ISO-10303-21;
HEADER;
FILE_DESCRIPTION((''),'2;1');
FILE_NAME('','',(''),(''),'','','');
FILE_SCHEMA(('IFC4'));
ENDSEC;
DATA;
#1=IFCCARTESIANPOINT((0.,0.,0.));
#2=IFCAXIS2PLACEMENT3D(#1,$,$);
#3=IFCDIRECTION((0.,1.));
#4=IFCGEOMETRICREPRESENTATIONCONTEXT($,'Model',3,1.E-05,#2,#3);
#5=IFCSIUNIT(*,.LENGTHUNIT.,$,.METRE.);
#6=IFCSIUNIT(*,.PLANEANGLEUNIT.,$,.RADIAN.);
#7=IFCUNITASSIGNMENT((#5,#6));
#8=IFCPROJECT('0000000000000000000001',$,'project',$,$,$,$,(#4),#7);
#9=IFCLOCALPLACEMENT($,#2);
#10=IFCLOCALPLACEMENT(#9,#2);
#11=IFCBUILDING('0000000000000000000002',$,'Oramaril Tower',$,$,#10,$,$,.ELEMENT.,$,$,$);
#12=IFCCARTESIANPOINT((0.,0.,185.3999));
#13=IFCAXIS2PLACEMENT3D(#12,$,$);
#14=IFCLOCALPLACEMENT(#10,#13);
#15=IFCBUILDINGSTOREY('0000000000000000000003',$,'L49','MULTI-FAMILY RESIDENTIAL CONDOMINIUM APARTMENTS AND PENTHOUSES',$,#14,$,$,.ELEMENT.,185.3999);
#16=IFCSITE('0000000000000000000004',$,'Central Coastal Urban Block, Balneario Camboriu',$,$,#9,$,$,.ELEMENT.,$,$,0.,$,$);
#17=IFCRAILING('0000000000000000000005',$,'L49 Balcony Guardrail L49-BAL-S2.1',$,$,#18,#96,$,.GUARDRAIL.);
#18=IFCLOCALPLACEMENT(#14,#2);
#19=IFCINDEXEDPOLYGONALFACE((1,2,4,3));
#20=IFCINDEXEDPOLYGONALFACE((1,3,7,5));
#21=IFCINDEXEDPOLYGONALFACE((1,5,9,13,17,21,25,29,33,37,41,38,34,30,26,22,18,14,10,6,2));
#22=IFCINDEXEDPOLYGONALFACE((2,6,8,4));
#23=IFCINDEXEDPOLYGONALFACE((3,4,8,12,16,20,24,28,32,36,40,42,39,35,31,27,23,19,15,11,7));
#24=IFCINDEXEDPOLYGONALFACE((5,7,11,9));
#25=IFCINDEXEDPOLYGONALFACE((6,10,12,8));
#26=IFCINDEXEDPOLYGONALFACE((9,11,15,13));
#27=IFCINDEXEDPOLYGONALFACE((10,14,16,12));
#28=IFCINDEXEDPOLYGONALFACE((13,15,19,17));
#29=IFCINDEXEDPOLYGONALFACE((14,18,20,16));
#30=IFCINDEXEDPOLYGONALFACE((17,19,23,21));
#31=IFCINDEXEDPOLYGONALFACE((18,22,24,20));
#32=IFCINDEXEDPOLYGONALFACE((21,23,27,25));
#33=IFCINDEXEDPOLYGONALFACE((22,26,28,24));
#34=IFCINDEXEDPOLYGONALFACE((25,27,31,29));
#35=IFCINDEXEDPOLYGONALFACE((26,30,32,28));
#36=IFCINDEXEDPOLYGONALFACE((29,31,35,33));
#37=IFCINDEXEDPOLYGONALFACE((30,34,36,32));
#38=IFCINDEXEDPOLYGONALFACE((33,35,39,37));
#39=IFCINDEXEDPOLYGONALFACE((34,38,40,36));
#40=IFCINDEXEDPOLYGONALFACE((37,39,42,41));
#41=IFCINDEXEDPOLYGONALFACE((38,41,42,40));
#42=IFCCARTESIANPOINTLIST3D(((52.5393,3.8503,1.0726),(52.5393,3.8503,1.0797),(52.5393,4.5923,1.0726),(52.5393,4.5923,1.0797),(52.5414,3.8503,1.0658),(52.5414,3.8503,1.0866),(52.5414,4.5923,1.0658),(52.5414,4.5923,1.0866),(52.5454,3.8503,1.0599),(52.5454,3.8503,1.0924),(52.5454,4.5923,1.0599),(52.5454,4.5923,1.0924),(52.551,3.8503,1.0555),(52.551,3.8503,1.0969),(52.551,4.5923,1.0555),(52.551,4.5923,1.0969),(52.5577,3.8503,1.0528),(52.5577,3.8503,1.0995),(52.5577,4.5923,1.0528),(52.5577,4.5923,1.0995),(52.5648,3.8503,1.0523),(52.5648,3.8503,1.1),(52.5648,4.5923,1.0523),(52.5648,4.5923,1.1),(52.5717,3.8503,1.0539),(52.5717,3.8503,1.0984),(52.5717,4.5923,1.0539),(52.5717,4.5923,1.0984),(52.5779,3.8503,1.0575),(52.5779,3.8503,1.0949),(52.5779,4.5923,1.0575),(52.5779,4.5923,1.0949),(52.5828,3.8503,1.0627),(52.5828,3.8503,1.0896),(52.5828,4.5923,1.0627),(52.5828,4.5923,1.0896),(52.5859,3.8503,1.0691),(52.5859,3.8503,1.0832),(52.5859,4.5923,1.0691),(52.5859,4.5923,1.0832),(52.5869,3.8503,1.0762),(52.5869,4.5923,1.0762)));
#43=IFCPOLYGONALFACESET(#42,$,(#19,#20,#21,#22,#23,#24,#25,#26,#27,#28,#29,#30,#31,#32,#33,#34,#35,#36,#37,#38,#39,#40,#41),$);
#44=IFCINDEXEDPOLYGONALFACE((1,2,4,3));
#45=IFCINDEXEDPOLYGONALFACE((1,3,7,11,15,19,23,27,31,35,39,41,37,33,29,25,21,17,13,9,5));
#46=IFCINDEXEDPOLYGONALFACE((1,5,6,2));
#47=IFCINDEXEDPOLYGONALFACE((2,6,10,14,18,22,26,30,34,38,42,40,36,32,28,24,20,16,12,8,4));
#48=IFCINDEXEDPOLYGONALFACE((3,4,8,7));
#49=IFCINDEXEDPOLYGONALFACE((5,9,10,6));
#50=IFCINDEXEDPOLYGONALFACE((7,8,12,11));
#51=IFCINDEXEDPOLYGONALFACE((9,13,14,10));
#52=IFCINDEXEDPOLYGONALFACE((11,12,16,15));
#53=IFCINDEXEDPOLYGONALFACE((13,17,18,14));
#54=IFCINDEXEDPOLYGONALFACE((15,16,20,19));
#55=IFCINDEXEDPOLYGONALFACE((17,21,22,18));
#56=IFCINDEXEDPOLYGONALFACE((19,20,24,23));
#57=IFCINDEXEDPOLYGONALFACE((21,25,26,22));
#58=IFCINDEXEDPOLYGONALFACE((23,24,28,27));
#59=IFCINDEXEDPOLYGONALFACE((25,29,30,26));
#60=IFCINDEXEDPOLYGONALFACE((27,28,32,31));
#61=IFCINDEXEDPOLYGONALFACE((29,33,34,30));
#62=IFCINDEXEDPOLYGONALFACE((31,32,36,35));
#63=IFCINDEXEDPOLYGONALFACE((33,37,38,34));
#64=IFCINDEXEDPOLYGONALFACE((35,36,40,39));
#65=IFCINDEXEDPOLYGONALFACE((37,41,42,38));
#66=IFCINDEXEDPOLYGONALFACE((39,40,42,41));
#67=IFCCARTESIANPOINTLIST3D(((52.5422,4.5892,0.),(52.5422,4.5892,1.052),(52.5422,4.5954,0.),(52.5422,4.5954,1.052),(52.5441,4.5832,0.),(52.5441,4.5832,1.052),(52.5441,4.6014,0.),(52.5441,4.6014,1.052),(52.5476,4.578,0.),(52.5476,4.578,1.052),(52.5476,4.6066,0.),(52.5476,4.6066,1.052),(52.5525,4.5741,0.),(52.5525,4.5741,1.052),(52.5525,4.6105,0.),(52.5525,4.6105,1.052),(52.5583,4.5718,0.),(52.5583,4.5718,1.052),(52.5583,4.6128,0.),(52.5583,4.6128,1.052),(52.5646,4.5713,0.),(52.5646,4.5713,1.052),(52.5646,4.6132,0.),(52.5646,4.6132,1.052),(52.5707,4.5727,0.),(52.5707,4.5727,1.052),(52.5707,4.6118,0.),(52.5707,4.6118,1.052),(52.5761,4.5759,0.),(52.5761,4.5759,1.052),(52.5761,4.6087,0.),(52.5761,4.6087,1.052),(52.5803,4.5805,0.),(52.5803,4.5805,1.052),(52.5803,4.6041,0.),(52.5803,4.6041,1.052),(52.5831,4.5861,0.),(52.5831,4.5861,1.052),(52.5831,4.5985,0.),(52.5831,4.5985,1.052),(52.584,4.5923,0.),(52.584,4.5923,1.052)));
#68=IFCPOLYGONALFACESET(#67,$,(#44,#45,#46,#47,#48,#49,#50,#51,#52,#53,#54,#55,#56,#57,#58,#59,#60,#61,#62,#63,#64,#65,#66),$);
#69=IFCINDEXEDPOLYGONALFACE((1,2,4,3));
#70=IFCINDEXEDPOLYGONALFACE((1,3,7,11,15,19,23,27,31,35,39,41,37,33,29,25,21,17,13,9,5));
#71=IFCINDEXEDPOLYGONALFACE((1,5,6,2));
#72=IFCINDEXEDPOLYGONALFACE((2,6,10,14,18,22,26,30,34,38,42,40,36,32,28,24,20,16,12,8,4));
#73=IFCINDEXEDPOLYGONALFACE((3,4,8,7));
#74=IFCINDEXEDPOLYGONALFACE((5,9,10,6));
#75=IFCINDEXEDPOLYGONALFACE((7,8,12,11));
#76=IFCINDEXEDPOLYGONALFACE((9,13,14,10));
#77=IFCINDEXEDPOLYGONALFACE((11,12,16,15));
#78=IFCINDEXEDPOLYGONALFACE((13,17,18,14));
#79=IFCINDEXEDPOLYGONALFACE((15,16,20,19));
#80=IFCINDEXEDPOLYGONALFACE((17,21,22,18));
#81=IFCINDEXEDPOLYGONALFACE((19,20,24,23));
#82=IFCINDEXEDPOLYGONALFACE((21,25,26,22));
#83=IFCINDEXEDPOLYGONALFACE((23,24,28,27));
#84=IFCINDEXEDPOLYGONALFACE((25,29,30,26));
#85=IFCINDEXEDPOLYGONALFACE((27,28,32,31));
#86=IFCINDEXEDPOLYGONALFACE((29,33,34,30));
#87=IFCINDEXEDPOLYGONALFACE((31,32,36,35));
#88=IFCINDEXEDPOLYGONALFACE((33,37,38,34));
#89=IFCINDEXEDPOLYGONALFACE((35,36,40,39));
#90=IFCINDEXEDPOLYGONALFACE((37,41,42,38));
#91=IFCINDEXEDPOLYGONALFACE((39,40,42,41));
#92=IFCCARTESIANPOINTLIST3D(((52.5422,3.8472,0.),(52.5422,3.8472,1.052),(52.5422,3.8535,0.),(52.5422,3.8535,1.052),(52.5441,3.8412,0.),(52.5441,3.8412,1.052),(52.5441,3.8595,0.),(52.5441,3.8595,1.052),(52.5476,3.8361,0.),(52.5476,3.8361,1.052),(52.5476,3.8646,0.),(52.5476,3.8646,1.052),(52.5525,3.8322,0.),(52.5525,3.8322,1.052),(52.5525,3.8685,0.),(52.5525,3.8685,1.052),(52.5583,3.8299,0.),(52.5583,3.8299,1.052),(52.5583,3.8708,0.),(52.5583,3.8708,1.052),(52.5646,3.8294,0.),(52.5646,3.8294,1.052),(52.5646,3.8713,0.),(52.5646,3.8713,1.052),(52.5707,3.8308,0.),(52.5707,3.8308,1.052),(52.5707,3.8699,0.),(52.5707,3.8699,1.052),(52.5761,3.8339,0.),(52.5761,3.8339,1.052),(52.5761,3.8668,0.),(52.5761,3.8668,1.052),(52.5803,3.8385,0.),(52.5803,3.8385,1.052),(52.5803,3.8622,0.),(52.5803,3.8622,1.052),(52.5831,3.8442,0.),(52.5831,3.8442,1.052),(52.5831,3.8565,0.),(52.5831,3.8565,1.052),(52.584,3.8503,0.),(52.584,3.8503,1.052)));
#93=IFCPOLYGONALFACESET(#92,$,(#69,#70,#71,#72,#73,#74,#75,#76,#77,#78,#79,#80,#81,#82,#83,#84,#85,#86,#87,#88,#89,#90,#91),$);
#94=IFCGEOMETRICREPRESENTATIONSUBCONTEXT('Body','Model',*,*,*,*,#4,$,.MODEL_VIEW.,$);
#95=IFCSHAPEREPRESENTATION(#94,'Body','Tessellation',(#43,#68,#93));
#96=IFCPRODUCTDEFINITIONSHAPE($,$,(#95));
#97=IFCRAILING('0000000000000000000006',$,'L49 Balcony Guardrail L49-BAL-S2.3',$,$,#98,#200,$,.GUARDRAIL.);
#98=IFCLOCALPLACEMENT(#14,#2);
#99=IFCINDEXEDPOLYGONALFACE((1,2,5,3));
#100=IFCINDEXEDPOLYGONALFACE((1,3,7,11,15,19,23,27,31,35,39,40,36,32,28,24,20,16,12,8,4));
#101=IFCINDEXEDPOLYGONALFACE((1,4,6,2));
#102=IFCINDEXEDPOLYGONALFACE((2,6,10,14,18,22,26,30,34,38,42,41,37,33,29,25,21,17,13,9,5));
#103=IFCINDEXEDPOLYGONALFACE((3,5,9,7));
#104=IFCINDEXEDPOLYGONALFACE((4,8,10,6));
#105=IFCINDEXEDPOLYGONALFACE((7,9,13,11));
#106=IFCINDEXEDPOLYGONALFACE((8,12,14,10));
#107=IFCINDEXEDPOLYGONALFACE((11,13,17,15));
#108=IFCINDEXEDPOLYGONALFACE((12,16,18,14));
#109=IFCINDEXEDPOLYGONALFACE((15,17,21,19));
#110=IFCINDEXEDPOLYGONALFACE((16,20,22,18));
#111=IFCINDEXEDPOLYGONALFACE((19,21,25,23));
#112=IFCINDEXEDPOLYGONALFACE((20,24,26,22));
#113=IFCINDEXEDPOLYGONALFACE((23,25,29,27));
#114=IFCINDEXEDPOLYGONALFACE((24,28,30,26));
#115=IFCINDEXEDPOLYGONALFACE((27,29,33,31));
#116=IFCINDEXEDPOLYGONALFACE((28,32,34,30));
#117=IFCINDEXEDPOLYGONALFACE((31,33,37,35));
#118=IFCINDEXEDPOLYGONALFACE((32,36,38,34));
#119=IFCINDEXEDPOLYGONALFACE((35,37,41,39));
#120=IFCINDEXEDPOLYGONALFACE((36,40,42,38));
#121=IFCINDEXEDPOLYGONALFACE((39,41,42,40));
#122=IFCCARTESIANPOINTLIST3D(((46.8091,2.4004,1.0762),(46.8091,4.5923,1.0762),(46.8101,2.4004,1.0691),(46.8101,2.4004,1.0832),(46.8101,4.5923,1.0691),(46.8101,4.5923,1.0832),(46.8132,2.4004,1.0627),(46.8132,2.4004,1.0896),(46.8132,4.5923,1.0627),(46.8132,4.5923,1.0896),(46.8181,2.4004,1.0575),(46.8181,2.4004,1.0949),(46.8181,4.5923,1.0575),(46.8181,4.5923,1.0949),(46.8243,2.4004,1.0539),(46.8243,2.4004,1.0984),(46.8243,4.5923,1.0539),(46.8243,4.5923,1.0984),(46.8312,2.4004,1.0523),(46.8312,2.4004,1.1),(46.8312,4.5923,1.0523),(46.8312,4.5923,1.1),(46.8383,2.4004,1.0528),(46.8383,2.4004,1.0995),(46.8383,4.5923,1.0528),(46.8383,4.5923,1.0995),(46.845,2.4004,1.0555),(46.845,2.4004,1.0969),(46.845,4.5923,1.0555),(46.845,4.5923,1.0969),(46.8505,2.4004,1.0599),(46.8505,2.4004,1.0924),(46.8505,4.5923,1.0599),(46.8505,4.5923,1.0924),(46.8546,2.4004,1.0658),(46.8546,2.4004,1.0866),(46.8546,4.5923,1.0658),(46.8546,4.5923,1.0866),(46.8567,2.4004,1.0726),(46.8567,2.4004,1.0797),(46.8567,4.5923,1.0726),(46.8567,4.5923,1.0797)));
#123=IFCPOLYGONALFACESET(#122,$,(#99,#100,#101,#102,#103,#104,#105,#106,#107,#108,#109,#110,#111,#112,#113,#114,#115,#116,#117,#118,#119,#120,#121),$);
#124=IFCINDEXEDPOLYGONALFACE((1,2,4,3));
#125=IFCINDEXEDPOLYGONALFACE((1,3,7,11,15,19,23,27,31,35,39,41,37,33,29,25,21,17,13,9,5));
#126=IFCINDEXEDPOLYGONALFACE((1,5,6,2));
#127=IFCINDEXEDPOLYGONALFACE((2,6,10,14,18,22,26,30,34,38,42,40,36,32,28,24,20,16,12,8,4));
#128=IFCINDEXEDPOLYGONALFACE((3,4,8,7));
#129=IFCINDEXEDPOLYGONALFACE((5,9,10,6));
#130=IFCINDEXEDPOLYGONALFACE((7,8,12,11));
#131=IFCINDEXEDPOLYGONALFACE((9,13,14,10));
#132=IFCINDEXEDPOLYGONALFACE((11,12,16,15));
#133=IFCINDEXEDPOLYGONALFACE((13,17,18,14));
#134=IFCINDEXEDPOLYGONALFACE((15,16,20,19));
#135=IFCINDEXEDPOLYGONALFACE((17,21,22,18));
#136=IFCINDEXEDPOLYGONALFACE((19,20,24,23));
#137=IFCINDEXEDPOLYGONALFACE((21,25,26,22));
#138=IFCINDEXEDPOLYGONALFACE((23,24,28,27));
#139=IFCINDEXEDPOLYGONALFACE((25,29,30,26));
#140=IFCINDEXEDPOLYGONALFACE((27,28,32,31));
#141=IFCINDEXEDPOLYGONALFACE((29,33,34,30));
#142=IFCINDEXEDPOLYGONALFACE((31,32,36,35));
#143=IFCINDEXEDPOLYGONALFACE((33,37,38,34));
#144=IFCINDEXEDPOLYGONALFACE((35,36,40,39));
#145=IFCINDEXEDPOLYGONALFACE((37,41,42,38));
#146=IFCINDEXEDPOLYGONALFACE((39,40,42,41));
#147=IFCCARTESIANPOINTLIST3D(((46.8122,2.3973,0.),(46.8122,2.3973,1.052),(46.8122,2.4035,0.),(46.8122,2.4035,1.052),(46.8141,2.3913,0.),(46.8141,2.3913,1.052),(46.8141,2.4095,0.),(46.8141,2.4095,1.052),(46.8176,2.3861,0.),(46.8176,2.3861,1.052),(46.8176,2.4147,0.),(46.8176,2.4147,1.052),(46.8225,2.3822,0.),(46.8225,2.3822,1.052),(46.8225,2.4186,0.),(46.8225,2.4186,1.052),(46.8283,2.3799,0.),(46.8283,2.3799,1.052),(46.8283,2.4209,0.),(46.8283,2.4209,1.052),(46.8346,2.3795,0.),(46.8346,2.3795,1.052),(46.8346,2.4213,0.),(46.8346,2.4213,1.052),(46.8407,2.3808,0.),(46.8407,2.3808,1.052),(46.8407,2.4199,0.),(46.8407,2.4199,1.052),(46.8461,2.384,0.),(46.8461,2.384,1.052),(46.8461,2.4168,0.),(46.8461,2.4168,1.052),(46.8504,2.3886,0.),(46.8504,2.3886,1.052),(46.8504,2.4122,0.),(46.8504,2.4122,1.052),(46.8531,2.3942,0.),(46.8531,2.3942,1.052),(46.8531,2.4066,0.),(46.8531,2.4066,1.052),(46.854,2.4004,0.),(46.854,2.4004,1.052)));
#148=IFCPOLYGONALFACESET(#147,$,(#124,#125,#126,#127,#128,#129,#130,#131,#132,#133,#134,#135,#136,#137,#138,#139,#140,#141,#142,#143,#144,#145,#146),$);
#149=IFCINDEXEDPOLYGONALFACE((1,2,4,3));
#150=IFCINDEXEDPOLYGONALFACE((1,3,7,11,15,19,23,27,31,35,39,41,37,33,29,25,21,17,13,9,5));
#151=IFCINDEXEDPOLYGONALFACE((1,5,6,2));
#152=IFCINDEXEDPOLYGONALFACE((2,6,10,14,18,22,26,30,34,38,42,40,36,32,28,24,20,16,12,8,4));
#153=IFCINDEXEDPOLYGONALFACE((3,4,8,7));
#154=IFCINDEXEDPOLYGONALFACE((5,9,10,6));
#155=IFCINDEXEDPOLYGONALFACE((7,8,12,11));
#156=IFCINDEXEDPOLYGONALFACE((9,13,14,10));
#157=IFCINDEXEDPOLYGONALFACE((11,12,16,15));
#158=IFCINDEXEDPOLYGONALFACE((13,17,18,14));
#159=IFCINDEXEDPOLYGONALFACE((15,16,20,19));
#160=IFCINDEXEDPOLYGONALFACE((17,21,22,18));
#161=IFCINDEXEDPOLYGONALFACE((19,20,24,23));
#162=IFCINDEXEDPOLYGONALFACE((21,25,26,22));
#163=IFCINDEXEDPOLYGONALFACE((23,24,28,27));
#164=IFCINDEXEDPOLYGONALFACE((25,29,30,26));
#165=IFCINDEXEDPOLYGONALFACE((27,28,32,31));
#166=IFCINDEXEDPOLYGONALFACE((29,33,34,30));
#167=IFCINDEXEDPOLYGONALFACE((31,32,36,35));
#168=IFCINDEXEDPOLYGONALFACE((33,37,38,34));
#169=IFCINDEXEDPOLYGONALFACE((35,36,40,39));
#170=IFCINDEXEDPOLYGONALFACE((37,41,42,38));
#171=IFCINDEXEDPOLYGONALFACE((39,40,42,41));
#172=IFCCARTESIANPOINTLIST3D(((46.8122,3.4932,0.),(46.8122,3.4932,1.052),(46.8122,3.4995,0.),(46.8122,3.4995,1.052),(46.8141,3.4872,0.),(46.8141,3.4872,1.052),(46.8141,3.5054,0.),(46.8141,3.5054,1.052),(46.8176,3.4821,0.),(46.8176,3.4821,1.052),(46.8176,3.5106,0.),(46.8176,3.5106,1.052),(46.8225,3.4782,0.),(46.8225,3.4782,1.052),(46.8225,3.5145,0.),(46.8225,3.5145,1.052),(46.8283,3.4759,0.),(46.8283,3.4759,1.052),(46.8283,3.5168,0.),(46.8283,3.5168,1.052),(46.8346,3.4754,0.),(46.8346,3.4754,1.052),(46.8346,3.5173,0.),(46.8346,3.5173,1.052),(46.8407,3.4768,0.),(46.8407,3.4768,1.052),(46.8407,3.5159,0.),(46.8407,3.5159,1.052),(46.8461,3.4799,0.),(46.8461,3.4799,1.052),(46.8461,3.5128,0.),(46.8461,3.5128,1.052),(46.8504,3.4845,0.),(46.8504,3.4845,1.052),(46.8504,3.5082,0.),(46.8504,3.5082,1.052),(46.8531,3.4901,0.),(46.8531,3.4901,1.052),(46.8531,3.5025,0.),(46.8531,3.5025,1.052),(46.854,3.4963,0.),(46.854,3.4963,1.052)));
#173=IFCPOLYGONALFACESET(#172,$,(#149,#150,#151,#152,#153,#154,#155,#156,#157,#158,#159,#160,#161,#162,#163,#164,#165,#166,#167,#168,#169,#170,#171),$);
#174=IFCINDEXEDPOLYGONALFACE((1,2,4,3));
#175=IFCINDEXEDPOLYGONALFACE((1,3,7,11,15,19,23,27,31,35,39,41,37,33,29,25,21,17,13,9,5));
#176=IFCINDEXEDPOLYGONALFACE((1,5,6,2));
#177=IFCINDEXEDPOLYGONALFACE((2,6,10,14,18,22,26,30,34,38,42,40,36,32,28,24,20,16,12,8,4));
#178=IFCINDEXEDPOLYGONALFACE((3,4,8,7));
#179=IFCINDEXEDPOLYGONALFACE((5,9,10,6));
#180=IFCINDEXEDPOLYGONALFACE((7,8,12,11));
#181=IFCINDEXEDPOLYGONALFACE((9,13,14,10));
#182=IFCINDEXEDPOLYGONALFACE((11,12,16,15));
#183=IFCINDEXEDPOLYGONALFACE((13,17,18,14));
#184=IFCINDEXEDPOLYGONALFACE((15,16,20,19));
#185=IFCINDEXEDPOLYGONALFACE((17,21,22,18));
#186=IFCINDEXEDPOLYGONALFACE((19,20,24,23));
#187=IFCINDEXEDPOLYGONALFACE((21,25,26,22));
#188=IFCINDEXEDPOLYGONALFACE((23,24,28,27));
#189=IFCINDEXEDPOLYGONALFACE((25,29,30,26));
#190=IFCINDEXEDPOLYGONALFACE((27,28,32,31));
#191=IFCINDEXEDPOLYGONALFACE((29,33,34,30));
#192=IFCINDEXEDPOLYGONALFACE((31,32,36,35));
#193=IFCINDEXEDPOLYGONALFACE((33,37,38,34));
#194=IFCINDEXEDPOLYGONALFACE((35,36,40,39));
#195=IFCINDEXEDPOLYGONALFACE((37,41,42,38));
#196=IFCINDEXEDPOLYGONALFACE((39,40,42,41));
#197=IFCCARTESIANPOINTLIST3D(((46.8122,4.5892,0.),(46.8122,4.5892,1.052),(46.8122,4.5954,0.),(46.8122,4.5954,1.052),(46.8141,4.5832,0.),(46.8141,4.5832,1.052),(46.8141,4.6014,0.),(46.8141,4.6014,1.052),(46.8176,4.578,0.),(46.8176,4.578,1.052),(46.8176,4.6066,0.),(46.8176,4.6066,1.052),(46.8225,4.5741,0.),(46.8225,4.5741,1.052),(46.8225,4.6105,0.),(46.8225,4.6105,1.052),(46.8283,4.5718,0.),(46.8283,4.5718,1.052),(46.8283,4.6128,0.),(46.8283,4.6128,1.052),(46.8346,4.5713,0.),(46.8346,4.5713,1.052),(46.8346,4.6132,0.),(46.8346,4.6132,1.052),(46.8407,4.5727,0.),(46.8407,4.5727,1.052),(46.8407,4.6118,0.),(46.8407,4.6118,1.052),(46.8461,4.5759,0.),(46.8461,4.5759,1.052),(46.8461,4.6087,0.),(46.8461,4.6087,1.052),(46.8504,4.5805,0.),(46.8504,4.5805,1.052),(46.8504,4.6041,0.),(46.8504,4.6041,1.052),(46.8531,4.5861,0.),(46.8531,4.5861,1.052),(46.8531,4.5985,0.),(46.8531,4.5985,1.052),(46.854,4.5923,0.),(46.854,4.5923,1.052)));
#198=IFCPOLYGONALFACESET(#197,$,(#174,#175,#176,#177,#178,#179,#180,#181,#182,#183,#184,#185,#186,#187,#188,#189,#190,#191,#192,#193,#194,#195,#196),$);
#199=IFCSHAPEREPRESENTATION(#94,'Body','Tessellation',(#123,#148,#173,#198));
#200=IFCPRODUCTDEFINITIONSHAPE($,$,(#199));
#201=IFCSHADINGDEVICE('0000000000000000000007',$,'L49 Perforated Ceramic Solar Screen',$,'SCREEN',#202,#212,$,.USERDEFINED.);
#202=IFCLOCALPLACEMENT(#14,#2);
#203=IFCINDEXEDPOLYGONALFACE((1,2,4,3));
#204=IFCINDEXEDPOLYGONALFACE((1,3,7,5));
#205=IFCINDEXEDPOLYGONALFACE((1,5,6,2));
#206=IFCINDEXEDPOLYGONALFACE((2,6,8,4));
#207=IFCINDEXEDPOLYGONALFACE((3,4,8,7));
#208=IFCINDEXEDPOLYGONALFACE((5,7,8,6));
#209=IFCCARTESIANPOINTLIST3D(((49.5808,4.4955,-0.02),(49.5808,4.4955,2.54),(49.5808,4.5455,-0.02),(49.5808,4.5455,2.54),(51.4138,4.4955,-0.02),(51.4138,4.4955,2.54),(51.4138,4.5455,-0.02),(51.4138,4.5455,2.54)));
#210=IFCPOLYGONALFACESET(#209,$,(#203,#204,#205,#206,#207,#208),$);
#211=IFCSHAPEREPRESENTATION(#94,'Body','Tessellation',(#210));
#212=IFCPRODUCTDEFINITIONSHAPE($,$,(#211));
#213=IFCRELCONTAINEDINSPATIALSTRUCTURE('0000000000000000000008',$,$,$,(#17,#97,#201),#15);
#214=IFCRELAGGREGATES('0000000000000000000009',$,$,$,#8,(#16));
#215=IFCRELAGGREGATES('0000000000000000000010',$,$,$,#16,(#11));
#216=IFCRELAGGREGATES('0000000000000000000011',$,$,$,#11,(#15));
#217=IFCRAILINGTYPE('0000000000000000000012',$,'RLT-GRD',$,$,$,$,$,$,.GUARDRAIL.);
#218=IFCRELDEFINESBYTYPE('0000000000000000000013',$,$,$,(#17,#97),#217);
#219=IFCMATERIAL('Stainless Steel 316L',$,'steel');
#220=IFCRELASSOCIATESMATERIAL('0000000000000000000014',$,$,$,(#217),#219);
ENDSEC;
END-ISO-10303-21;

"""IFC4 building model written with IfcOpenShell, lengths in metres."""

from ifc_helpers import new_model, si_unit, direction, frame, origin, origin_2d, place, context, subcontext, project, spatial, rectangle, circle, extrude, material, type_object, element, save


model = new_model("IFC4")

# Units and contexts
model_context = context("Model", 3, precision=1e-05, world=origin(), true_north=direction((0.0, 1.0)))
body_context = subcontext(model_context, "Body", "Model", "MODEL_VIEW")
ifc_project = project(units=[si_unit("LENGTHUNIT", "METRE"), si_unit("PLANEANGLEUNIT", "RADIAN")], contexts=[model_context])

# Site, building, storey
site_placement = place(None, origin())
site = spatial("IfcSite", under=ifc_project, at=site_placement, Name="Central Coastal Urban Block, Balneario Camboriu", CompositionType="ELEMENT", RefElevation=0.0)
building_placement = place(site_placement, origin())
building = spatial("IfcBuilding", under=site, at=building_placement, Name="Oramaril Tower", CompositionType="ELEMENT")
storey_placement = place(building_placement, frame((0.0, 0.0, 185.3999)))
storey = spatial("IfcBuildingStorey", under=building, at=storey_placement, Name="L49", Description="MULTI-FAMILY RESIDENTIAL CONDOMINIUM APARTMENTS AND PENTHOUSES", CompositionType="ELEMENT", Elevation=185.3999)

# Railings
ifc_material_1 = material(Name="Stainless Steel 316L", Category="steel")
railing_type = type_object("IfcRailingType", Name="RLT-GRD", PredefinedType="GUARDRAIL", material=ifc_material_1)
railing_1_placement = place(storey_placement, frame((52.563, 4.5923, 0.0)))
element("IfcRailing", 1, at=railing_1_placement, inside=storey, type_object=railing_type, Name="L49 Balcony Guardrail L49-BAL-S2.1", PredefinedType="GUARDRAIL", context=body_context, shape_type="SweptSolid", body=[
    extrude(circle(Radius=0.0239, at=origin_2d()), frame((0.0, 0.0, 1.0762), z_axis=(0.0, -1.0, 0.0), x_axis=(1.0, 0.0, 0.0)), (0.0, 0.0, 1.0), 0.7419),
    extrude(circle(Radius=0.021, at=origin_2d()), origin(), (0.0, 0.0, 1.0), 1.052),
    extrude(circle(Radius=0.021, at=origin_2d()), frame((0.0, -0.7419, 0.0)), (0.0, 0.0, 1.0), 1.052),
])
railing_2_placement = place(storey_placement, frame((46.833, 2.4004, 0.0)))
element("IfcRailing", 2, at=railing_2_placement, inside=storey, type_object=railing_type, Name="L49 Balcony Guardrail L49-BAL-S2.3", PredefinedType="GUARDRAIL", context=body_context, shape_type="SweptSolid", body=[
    extrude(circle(Radius=0.0239, at=origin_2d()), frame((0.0, 0.0, 1.0762), z_axis=(0.0, 1.0, 0.0), x_axis=(-1.0, 0.0, 0.0)), (0.0, 0.0, 1.0), 2.1919),
    extrude(circle(Radius=0.021, at=origin_2d()), origin(), (0.0, 0.0, 1.0), 1.052),
    extrude(circle(Radius=0.021, at=origin_2d()), frame((0.0, 1.0959, 0.0)), (0.0, 0.0, 1.0), 1.052),
    extrude(circle(Radius=0.021, at=origin_2d()), frame((0.0, 2.1919, 0.0)), (0.0, 0.0, 1.0), 1.052),
])

# Shading device
for number, where, z_axis, x_axis, name in (
    (3, (50.4973, 4.5205, -0.02), (0.0, 0.0, 1.0), (1.0, 0.0, 0.0), "L49 Perforated Ceramic Solar Screen"),
):
    element("IfcShadingDevice", number, at=place(storey_placement, frame(where, z_axis=z_axis, x_axis=x_axis)), inside=storey, Name=name, ObjectType="SCREEN", PredefinedType="USERDEFINED", context=body_context, shape_type="SweptSolid", body=[
        extrude(rectangle(XDim=1.833, YDim=0.05, at=origin_2d()), origin(), (0.0, 0.0, 1.0), 2.5601),
    ])

save(model, "model.ifc")
